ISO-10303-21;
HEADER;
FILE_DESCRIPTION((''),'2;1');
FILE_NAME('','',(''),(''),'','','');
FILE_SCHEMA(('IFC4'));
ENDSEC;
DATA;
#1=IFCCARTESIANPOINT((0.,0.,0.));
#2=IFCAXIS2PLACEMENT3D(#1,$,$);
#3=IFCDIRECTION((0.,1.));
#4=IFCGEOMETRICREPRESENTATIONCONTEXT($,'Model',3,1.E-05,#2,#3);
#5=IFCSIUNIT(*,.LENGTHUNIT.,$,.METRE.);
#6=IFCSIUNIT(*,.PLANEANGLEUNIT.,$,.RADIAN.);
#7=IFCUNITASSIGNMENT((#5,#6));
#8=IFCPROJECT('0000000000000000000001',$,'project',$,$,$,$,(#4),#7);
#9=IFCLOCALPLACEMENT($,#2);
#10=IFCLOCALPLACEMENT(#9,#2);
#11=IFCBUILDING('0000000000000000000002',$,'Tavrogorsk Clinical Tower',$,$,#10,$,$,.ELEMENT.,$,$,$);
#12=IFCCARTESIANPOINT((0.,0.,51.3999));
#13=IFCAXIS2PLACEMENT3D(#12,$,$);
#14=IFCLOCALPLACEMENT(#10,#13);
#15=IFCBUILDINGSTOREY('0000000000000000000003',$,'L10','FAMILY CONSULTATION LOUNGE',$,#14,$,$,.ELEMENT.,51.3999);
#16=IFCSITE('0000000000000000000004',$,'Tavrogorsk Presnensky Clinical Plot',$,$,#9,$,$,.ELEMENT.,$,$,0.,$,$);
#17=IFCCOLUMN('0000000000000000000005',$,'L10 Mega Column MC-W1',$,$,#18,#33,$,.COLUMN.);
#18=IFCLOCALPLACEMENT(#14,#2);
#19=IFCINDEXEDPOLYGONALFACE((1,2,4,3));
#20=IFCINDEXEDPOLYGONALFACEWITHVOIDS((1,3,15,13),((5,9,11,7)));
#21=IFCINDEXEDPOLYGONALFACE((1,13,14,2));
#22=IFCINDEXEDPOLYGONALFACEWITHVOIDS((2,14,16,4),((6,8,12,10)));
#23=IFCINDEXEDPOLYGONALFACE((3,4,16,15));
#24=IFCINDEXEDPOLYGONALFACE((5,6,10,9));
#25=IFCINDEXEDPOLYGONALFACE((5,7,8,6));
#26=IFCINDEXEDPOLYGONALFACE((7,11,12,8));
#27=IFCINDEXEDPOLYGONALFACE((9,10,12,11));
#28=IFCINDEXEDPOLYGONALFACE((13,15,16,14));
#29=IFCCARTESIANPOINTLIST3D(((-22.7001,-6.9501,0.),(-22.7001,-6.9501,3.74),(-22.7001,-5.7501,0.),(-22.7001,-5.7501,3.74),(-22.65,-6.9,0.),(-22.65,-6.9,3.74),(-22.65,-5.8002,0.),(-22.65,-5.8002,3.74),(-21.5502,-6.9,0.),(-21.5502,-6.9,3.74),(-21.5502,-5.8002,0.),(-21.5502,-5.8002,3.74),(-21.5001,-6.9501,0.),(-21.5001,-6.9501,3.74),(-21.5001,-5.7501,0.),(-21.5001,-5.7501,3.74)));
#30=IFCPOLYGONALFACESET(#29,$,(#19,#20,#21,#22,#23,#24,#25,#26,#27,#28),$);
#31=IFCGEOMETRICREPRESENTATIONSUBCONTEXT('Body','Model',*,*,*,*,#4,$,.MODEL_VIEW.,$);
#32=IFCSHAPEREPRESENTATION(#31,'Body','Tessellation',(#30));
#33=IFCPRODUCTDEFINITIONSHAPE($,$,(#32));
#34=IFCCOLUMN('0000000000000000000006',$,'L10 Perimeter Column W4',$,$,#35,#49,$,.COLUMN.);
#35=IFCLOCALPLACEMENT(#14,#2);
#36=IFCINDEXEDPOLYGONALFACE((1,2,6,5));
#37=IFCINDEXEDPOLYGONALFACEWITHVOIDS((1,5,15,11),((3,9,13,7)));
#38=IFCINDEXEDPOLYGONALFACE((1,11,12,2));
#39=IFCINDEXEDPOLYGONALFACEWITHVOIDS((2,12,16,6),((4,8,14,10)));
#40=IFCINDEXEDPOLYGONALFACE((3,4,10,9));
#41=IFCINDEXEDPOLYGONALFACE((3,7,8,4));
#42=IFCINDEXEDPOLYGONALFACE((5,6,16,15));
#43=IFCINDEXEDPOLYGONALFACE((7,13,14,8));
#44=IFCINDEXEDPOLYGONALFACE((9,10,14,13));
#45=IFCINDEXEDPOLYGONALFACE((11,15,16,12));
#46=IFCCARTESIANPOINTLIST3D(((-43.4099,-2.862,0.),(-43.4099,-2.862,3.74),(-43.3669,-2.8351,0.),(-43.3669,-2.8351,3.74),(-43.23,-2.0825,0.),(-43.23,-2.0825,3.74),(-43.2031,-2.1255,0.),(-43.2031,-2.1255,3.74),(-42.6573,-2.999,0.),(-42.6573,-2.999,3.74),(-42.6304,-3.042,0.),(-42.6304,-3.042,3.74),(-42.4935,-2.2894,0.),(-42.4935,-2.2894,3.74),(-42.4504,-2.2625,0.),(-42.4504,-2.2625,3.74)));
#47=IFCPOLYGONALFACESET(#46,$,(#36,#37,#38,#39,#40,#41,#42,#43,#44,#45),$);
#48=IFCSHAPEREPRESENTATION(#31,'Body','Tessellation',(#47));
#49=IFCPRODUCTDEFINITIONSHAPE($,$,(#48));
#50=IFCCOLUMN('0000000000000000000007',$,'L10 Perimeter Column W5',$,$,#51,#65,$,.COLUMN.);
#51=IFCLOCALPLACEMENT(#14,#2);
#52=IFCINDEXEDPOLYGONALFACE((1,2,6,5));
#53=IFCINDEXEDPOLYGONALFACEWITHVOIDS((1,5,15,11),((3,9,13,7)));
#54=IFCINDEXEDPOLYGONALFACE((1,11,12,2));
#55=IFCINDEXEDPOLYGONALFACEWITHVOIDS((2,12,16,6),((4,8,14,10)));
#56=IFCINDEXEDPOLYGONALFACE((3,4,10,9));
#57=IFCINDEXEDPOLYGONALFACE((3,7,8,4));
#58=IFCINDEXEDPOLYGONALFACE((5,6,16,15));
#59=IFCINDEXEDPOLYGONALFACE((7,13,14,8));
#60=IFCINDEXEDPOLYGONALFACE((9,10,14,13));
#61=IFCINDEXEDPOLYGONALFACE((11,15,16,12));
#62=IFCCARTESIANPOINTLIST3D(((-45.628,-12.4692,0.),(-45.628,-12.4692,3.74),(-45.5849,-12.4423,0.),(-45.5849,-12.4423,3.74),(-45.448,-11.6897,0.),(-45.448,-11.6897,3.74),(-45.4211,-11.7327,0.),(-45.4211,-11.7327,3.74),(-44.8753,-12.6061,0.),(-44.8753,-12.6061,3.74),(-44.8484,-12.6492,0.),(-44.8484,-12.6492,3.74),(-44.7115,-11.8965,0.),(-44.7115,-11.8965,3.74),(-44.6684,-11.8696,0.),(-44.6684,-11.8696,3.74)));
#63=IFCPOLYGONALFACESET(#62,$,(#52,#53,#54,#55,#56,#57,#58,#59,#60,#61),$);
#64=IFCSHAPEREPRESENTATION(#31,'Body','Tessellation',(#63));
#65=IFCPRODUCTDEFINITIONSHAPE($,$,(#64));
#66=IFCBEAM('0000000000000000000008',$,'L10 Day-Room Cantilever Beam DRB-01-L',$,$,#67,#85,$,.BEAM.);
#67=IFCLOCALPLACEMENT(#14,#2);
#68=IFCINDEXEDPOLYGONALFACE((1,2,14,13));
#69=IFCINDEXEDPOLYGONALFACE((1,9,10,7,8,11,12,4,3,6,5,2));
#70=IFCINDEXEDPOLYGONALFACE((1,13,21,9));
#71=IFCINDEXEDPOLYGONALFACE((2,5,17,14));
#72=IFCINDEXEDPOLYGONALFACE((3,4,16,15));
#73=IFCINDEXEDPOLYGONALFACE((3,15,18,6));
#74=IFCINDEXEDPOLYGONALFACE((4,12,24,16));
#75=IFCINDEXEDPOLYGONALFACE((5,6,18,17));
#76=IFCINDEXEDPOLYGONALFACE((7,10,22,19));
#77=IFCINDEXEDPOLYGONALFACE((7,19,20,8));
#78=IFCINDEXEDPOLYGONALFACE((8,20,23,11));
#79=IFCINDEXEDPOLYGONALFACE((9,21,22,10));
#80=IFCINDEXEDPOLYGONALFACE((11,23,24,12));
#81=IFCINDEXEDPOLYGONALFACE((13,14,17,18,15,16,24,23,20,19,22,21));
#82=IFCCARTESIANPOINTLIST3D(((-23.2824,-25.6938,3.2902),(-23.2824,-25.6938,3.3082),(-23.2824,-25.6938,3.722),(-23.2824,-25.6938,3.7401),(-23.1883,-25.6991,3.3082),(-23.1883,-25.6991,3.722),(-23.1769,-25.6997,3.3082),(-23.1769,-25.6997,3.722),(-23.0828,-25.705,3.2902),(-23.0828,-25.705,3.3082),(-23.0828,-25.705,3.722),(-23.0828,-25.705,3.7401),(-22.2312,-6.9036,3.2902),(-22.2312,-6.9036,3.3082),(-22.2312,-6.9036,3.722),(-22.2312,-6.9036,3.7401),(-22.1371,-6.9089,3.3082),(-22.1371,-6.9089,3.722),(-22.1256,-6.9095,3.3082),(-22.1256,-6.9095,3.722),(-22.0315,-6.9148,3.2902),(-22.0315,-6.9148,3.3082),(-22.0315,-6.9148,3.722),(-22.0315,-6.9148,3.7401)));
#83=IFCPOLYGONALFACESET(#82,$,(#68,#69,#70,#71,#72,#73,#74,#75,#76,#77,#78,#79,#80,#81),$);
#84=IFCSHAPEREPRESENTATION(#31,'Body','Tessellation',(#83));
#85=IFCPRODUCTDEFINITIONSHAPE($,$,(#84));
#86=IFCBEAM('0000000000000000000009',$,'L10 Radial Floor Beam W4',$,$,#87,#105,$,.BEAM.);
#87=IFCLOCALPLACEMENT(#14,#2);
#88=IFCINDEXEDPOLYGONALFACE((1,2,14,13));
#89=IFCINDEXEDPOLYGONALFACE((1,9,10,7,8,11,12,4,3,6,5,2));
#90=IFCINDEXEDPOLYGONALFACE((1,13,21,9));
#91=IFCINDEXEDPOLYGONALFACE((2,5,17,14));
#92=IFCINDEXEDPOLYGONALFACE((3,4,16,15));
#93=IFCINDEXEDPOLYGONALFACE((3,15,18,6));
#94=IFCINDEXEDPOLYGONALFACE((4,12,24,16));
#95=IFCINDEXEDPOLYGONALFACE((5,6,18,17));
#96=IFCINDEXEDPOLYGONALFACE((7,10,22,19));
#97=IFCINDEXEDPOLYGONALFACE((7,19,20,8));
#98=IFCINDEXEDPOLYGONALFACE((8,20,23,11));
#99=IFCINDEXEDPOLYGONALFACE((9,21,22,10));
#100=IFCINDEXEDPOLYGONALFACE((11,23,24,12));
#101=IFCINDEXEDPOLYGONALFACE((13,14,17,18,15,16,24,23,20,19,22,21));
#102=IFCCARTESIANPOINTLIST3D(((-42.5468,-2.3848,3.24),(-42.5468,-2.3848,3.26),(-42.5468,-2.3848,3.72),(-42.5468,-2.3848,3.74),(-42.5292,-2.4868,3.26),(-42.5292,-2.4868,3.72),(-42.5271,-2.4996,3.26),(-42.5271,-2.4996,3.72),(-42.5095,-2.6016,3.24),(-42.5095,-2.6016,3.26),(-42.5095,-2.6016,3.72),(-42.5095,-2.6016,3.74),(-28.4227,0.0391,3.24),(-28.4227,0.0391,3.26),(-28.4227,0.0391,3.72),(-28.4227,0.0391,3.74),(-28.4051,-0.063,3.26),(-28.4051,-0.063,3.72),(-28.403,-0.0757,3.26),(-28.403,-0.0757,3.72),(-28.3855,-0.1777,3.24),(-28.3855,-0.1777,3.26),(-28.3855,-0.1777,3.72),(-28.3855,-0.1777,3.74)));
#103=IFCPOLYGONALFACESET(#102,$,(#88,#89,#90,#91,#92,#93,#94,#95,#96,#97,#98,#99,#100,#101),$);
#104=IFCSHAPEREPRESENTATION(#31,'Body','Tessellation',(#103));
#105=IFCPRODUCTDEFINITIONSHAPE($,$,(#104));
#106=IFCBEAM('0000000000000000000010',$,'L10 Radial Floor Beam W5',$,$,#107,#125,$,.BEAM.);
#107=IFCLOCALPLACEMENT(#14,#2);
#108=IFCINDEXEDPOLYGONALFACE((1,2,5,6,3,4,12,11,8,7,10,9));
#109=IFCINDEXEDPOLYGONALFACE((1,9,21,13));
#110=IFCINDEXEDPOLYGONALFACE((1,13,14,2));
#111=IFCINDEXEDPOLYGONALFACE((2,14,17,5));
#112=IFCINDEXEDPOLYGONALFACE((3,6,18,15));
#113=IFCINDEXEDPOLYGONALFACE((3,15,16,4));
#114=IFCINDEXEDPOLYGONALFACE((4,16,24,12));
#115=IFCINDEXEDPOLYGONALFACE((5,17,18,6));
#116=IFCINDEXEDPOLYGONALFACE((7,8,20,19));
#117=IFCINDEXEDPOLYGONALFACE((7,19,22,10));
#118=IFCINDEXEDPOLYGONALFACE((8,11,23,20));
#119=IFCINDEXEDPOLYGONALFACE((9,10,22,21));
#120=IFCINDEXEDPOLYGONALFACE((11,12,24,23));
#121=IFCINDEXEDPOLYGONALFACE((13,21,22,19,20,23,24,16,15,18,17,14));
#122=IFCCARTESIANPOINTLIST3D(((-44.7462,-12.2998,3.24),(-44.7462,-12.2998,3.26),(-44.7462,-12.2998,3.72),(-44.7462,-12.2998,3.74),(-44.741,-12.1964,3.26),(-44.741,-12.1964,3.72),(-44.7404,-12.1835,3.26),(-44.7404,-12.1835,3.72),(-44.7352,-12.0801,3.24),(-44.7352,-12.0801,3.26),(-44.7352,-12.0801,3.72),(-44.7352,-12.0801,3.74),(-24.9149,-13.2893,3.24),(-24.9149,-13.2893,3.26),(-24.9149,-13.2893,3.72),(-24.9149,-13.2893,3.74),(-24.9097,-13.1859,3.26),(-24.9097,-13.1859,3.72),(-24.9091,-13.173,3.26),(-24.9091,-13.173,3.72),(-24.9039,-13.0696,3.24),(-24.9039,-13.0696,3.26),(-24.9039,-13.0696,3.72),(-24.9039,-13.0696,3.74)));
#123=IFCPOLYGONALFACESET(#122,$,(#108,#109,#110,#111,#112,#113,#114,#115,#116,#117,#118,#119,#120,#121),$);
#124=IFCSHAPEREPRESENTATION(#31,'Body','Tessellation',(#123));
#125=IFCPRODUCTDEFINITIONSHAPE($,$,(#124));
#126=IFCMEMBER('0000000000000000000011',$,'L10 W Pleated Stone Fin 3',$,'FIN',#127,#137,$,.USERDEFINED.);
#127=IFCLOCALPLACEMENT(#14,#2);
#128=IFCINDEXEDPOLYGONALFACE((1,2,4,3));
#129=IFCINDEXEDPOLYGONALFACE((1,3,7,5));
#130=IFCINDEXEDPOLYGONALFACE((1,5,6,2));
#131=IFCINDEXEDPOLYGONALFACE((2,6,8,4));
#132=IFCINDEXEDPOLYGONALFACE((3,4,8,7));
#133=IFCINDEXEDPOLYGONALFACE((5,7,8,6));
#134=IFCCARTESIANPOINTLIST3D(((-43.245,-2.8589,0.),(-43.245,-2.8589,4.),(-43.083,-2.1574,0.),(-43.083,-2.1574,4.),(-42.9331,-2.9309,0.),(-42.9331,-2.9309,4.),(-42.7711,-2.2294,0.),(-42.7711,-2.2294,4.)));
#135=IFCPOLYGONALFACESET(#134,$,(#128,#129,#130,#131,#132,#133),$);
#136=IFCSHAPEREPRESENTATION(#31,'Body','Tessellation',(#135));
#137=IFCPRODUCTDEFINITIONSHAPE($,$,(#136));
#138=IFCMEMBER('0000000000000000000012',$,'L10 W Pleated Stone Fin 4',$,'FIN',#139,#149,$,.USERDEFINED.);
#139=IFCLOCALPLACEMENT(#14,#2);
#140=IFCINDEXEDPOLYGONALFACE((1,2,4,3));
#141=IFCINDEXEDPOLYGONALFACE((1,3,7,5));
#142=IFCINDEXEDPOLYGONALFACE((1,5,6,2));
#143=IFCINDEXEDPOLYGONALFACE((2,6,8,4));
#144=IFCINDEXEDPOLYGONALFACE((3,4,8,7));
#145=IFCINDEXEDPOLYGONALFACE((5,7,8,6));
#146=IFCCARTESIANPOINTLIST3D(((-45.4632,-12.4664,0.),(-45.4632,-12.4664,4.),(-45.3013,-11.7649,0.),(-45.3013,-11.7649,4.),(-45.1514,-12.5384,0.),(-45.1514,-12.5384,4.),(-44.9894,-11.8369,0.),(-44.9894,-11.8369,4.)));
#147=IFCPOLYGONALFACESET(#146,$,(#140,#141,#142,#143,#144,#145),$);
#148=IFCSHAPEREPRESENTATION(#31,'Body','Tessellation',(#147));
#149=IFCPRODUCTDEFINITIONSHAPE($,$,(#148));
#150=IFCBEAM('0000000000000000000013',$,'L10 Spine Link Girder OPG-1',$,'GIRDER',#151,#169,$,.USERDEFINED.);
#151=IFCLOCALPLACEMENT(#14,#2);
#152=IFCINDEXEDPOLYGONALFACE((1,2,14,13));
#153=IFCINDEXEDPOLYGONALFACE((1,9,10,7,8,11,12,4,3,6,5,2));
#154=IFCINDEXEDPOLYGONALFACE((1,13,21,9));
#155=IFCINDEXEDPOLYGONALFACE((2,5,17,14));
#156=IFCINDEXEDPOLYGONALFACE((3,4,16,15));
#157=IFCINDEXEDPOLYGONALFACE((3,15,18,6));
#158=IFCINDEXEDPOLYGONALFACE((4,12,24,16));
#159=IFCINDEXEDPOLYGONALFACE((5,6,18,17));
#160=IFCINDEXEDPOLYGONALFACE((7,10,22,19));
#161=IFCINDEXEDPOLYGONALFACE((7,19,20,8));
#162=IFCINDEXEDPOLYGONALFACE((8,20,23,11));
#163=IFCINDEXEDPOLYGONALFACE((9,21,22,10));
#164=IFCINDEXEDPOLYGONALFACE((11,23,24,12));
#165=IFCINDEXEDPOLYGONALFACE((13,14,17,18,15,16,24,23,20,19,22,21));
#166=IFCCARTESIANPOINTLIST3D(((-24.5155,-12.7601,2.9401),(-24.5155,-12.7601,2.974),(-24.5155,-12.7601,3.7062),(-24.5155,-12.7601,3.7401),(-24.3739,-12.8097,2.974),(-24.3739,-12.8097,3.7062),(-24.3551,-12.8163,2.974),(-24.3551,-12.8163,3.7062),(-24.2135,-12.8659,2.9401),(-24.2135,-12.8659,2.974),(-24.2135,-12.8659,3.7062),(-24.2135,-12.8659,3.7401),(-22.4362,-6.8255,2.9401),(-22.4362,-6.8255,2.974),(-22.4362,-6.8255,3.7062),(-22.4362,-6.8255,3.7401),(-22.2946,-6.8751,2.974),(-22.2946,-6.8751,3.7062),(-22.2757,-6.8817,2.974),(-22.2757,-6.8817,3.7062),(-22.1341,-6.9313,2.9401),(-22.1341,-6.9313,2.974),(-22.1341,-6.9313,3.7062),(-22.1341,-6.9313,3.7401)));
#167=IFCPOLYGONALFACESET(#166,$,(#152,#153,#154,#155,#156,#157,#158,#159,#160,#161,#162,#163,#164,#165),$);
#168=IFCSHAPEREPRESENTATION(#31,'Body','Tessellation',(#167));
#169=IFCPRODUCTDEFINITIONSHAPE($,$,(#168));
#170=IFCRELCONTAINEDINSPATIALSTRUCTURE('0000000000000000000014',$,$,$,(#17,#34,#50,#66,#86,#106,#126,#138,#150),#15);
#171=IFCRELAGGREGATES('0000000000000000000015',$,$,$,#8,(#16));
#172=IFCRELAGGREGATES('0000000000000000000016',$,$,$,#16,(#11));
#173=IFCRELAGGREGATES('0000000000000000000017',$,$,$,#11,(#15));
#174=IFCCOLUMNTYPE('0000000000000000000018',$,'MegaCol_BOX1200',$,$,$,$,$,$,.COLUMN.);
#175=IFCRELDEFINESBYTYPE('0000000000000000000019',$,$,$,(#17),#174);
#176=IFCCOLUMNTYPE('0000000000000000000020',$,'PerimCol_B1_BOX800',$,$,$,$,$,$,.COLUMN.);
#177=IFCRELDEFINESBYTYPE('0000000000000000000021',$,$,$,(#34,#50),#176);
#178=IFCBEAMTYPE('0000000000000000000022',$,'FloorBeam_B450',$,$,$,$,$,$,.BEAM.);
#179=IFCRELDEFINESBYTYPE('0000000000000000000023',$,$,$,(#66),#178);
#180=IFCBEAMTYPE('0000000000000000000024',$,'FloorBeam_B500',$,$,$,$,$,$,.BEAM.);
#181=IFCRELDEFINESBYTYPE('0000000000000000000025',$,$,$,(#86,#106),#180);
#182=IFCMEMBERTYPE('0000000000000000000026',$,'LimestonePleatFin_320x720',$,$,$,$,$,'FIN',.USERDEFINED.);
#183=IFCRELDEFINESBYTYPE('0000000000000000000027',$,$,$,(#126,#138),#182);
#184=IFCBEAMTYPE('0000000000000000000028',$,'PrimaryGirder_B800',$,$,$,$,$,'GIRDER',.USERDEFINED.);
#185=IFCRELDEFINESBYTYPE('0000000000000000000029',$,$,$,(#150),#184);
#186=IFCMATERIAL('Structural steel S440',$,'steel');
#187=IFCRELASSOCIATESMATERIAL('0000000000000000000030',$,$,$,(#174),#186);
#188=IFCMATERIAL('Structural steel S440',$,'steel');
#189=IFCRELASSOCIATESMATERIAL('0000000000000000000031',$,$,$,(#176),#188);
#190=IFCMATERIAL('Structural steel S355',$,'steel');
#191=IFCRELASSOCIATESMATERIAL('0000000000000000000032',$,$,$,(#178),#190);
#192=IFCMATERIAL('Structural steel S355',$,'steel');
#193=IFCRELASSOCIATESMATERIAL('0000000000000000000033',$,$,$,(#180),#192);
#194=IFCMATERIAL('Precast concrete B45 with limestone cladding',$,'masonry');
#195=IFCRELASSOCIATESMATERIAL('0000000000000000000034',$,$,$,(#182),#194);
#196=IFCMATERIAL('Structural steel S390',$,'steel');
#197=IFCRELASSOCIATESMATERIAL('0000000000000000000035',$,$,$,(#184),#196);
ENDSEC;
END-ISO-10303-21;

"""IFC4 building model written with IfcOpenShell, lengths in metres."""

from ifc_helpers import new_model, si_unit, direction, frame, origin, origin_2d, place, context, subcontext, project, spatial, rectangle, hollow_rectangle, i_section, extrude, material, material_profile, profile_set, type_object, element, save


model = new_model("IFC4")

# Units and contexts
model_context = context("Model", 3, precision=1e-05, world=origin(), true_north=direction((0.0, 1.0)))
body_context = subcontext(model_context, "Body", "Model", "MODEL_VIEW")
ifc_project = project(units=[si_unit("LENGTHUNIT", "METRE"), si_unit("PLANEANGLEUNIT", "RADIAN")], contexts=[model_context])

# Site, building, storey
site_placement = place(None, origin())
site = spatial("IfcSite", under=ifc_project, at=site_placement, Name="Tavrogorsk Presnensky Clinical Plot", CompositionType="ELEMENT", RefElevation=0.0)
building_placement = place(site_placement, origin())
building = spatial("IfcBuilding", under=site, at=building_placement, Name="Tavrogorsk Clinical Tower", CompositionType="ELEMENT")
storey_placement = place(building_placement, frame((0.0, 0.0, 51.3999)))
storey = spatial("IfcBuildingStorey", under=building, at=storey_placement, Name="L10", Description="FAMILY CONSULTATION LOUNGE", CompositionType="ELEMENT", Elevation=51.3999)

# Columns
ifc_material_1 = material(Name="Structural steel S440", Category="steel")
ifc_material_profile_1 = material_profile(ifc_material_1, hollow_rectangle(XDim=1.2, YDim=1.2, WallThickness=0.05, at=origin_2d()), Name="BOX-1200x1200x50")
ifc_profile_set_1 = profile_set([ifc_material_profile_1], Name="Structural steel S440")
column_type_1 = type_object("IfcColumnType", Name="MegaCol_BOX1200", PredefinedType="COLUMN", material=ifc_profile_set_1)
column_placement = place(storey_placement, frame((-22.1001, -6.3501, 0.0), z_axis=(0.0, 0.0, 1.0), x_axis=(1.0, 0.0, 0.0)))
element("IfcColumn", 1, at=column_placement, inside=storey, type_object=column_type_1, Name="L10 Mega Column MC-W1", PredefinedType="COLUMN", context=body_context, shape_type="SweptSolid", body=[
    extrude(hollow_rectangle(XDim=1.2, YDim=1.2, WallThickness=0.05, at=origin_2d()), origin(), (0.0, 0.0, 1.0), 3.74),
])
ifc_material_2 = material(Name="Structural steel S440", Category="steel")
ifc_material_profile_2 = material_profile(ifc_material_2, hollow_rectangle(XDim=0.8, YDim=0.8, WallThickness=0.0359, at=origin_2d()), Name="BOX-800x800x36")
ifc_profile_set_2 = profile_set([ifc_material_profile_2], Name="Structural steel S440")
column_type_2 = type_object("IfcColumnType", Name="PerimCol_B1_BOX800", PredefinedType="COLUMN", material=ifc_profile_set_2)
for number, where, z_axis, x_axis, name in (
    (2, (-42.9302, -2.5623, 0.0), (0.0, 0.0, 1.0), (0.97437, -0.224951, 0.0), "L10 Perimeter Column W4"),
    (3, (-45.1482, -12.1694, 0.0), (0.0, 0.0, 1.0), (0.97437, -0.224951, 0.0), "L10 Perimeter Column W5"),
):
    element("IfcColumn", number, at=place(storey_placement, frame(where, z_axis=z_axis, x_axis=x_axis)), inside=storey, type_object=column_type_2, Name=name, PredefinedType="COLUMN", context=body_context, shape_type="SweptSolid", body=[
        extrude(hollow_rectangle(XDim=0.8, YDim=0.8, WallThickness=0.0359, at=origin_2d()), origin(), (0.0, 0.0, 1.0), 3.74),
    ])

# Beams
ifc_material_3 = material(Name="Structural steel S355", Category="steel")
ifc_material_profile_3 = material_profile(ifc_material_3, i_section(OverallWidth=0.2, OverallDepth=0.45, WebThickness=0.0115, FlangeThickness=0.0181, at=origin_2d()), Name="B-450x200x11.5x18")
ifc_profile_set_3 = profile_set([ifc_material_profile_3], Name="Structural steel S355")
beam_type_1 = type_object("IfcBeamType", Name="FloorBeam_B450", PredefinedType="BEAM", material=ifc_profile_set_3)
beam_1_placement = place(storey_placement, frame((-22.1313, -6.9092, 3.5151), z_axis=(-0.05586, -0.998439, 0.0), x_axis=(0.998439, -0.05586, 0.0)))
element("IfcBeam", 4, at=beam_1_placement, inside=storey, type_object=beam_type_1, Name="L10 Day-Room Cantilever Beam DRB-01-L", PredefinedType="BEAM", context=body_context, shape_type="SweptSolid", body=[
    extrude(i_section(OverallWidth=0.2, OverallDepth=0.45, WebThickness=0.0115, FlangeThickness=0.0181, at=origin_2d()), origin(), (0.0, 0.0, 1.0), 18.8196),
])
ifc_material_4 = material(Name="Structural steel S355", Category="steel")
ifc_material_profile_4 = material_profile(ifc_material_4, i_section(OverallWidth=0.22, OverallDepth=0.5, WebThickness=0.0129, FlangeThickness=0.02, at=origin_2d()), Name="B-500x220x13x20")
ifc_profile_set_4 = profile_set([ifc_material_profile_4], Name="Structural steel S355")
beam_type_2 = type_object("IfcBeamType", Name="FloorBeam_B500", PredefinedType="BEAM", material=ifc_profile_set_4)
beam_2_placement = place(storey_placement, frame((-28.4041, -0.0693, 3.49), z_axis=(-0.985592, -0.169138, 0.0), x_axis=(0.169138, -0.985592, 0.0)))
element("IfcBeam", 5, at=beam_2_placement, inside=storey, type_object=beam_type_2, Name="L10 Radial Floor Beam W4", PredefinedType="BEAM", context=body_context, shape_type="SweptSolid", body=[
    extrude(i_section(OverallWidth=0.22, OverallDepth=0.5, WebThickness=0.0129, FlangeThickness=0.02, at=origin_2d()), origin(), (0.0, 0.0, 1.0), 14.3306),
])
beam_3_placement = place(storey_placement, frame((-24.9094, -13.1794, 3.49), z_axis=(-0.998758, 0.049834, 0.0), x_axis=(-0.049834, -0.998758, 0.0)))
element("IfcBeam", 6, at=beam_3_placement, inside=storey, type_object=beam_type_2, Name="L10 Radial Floor Beam W5", PredefinedType="BEAM", context=body_context, shape_type="SweptSolid", body=[
    extrude(i_section(OverallWidth=0.22, OverallDepth=0.5, WebThickness=0.0129, FlangeThickness=0.02, at=origin_2d()), origin(), (0.0, 0.0, 1.0), 19.856),
])

# Members
ifc_material_5 = material(Name="Precast concrete B45 with limestone cladding", Category="masonry")
ifc_material_profile_5 = material_profile(ifc_material_5, rectangle(XDim=0.3201, YDim=0.72, at=origin_2d()), Name="LIMESTONE-FIN-320x720")
ifc_profile_set_5 = profile_set([ifc_material_profile_5], Name="Precast concrete B45 with limestone cladding")
member_type = type_object("IfcMemberType", Name="LimestonePleatFin_320x720", ElementType="FIN", PredefinedType="USERDEFINED", material=ifc_profile_set_5)
for number, where, z_axis, x_axis, name in (
    (7, (-43.0081, -2.5442, 0.0), (0.0, 0.0, 1.0), (0.97437, -0.224951, 0.0), "L10 W Pleated Stone Fin 3"),
    (8, (-45.2263, -12.1516, 0.0), (0.0, 0.0, 1.0), (0.97437, -0.224951, 0.0), "L10 W Pleated Stone Fin 4"),
):
    element("IfcMember", number, at=place(storey_placement, frame(where, z_axis=z_axis, x_axis=x_axis)), inside=storey, type_object=member_type, Name=name, ObjectType="FIN", PredefinedType="USERDEFINED", context=body_context, shape_type="SweptSolid", body=[
        extrude(rectangle(XDim=0.3201, YDim=0.72, at=origin_2d()), origin(), (0.0, 0.0, 1.0), 4.0),
    ])

# Beam
ifc_material_6 = material(Name="Structural steel S390", Category="steel")
ifc_material_profile_6 = material_profile(ifc_material_6, i_section(OverallWidth=0.3201, OverallDepth=0.8, WebThickness=0.02, FlangeThickness=0.0339, at=origin_2d()), Name="B-800x320x20x34")
ifc_profile_set_6 = profile_set([ifc_material_profile_6], Name="Structural steel S390")
beam_type_3 = type_object("IfcBeamType", Name="PrimaryGirder_B800", ElementType="GIRDER", PredefinedType="USERDEFINED", material=ifc_profile_set_6)
beam_4_placement = place(storey_placement, frame((-24.3645, -12.813, 3.3401), z_axis=(0.330669, 0.943747, 0.0), x_axis=(-0.943747, 0.330669, 0.0)))
element("IfcBeam", 9, at=beam_4_placement, inside=storey, type_object=beam_type_3, Name="L10 Spine Link Girder OPG-1", ObjectType="GIRDER", PredefinedType="USERDEFINED", context=body_context, shape_type="SweptSolid", body=[
    extrude(i_section(OverallWidth=0.3201, OverallDepth=0.8, WebThickness=0.02, FlangeThickness=0.0339, at=origin_2d()), origin(), (0.0, 0.0, 1.0), 6.2883),
])

save(model, "model.ifc")
